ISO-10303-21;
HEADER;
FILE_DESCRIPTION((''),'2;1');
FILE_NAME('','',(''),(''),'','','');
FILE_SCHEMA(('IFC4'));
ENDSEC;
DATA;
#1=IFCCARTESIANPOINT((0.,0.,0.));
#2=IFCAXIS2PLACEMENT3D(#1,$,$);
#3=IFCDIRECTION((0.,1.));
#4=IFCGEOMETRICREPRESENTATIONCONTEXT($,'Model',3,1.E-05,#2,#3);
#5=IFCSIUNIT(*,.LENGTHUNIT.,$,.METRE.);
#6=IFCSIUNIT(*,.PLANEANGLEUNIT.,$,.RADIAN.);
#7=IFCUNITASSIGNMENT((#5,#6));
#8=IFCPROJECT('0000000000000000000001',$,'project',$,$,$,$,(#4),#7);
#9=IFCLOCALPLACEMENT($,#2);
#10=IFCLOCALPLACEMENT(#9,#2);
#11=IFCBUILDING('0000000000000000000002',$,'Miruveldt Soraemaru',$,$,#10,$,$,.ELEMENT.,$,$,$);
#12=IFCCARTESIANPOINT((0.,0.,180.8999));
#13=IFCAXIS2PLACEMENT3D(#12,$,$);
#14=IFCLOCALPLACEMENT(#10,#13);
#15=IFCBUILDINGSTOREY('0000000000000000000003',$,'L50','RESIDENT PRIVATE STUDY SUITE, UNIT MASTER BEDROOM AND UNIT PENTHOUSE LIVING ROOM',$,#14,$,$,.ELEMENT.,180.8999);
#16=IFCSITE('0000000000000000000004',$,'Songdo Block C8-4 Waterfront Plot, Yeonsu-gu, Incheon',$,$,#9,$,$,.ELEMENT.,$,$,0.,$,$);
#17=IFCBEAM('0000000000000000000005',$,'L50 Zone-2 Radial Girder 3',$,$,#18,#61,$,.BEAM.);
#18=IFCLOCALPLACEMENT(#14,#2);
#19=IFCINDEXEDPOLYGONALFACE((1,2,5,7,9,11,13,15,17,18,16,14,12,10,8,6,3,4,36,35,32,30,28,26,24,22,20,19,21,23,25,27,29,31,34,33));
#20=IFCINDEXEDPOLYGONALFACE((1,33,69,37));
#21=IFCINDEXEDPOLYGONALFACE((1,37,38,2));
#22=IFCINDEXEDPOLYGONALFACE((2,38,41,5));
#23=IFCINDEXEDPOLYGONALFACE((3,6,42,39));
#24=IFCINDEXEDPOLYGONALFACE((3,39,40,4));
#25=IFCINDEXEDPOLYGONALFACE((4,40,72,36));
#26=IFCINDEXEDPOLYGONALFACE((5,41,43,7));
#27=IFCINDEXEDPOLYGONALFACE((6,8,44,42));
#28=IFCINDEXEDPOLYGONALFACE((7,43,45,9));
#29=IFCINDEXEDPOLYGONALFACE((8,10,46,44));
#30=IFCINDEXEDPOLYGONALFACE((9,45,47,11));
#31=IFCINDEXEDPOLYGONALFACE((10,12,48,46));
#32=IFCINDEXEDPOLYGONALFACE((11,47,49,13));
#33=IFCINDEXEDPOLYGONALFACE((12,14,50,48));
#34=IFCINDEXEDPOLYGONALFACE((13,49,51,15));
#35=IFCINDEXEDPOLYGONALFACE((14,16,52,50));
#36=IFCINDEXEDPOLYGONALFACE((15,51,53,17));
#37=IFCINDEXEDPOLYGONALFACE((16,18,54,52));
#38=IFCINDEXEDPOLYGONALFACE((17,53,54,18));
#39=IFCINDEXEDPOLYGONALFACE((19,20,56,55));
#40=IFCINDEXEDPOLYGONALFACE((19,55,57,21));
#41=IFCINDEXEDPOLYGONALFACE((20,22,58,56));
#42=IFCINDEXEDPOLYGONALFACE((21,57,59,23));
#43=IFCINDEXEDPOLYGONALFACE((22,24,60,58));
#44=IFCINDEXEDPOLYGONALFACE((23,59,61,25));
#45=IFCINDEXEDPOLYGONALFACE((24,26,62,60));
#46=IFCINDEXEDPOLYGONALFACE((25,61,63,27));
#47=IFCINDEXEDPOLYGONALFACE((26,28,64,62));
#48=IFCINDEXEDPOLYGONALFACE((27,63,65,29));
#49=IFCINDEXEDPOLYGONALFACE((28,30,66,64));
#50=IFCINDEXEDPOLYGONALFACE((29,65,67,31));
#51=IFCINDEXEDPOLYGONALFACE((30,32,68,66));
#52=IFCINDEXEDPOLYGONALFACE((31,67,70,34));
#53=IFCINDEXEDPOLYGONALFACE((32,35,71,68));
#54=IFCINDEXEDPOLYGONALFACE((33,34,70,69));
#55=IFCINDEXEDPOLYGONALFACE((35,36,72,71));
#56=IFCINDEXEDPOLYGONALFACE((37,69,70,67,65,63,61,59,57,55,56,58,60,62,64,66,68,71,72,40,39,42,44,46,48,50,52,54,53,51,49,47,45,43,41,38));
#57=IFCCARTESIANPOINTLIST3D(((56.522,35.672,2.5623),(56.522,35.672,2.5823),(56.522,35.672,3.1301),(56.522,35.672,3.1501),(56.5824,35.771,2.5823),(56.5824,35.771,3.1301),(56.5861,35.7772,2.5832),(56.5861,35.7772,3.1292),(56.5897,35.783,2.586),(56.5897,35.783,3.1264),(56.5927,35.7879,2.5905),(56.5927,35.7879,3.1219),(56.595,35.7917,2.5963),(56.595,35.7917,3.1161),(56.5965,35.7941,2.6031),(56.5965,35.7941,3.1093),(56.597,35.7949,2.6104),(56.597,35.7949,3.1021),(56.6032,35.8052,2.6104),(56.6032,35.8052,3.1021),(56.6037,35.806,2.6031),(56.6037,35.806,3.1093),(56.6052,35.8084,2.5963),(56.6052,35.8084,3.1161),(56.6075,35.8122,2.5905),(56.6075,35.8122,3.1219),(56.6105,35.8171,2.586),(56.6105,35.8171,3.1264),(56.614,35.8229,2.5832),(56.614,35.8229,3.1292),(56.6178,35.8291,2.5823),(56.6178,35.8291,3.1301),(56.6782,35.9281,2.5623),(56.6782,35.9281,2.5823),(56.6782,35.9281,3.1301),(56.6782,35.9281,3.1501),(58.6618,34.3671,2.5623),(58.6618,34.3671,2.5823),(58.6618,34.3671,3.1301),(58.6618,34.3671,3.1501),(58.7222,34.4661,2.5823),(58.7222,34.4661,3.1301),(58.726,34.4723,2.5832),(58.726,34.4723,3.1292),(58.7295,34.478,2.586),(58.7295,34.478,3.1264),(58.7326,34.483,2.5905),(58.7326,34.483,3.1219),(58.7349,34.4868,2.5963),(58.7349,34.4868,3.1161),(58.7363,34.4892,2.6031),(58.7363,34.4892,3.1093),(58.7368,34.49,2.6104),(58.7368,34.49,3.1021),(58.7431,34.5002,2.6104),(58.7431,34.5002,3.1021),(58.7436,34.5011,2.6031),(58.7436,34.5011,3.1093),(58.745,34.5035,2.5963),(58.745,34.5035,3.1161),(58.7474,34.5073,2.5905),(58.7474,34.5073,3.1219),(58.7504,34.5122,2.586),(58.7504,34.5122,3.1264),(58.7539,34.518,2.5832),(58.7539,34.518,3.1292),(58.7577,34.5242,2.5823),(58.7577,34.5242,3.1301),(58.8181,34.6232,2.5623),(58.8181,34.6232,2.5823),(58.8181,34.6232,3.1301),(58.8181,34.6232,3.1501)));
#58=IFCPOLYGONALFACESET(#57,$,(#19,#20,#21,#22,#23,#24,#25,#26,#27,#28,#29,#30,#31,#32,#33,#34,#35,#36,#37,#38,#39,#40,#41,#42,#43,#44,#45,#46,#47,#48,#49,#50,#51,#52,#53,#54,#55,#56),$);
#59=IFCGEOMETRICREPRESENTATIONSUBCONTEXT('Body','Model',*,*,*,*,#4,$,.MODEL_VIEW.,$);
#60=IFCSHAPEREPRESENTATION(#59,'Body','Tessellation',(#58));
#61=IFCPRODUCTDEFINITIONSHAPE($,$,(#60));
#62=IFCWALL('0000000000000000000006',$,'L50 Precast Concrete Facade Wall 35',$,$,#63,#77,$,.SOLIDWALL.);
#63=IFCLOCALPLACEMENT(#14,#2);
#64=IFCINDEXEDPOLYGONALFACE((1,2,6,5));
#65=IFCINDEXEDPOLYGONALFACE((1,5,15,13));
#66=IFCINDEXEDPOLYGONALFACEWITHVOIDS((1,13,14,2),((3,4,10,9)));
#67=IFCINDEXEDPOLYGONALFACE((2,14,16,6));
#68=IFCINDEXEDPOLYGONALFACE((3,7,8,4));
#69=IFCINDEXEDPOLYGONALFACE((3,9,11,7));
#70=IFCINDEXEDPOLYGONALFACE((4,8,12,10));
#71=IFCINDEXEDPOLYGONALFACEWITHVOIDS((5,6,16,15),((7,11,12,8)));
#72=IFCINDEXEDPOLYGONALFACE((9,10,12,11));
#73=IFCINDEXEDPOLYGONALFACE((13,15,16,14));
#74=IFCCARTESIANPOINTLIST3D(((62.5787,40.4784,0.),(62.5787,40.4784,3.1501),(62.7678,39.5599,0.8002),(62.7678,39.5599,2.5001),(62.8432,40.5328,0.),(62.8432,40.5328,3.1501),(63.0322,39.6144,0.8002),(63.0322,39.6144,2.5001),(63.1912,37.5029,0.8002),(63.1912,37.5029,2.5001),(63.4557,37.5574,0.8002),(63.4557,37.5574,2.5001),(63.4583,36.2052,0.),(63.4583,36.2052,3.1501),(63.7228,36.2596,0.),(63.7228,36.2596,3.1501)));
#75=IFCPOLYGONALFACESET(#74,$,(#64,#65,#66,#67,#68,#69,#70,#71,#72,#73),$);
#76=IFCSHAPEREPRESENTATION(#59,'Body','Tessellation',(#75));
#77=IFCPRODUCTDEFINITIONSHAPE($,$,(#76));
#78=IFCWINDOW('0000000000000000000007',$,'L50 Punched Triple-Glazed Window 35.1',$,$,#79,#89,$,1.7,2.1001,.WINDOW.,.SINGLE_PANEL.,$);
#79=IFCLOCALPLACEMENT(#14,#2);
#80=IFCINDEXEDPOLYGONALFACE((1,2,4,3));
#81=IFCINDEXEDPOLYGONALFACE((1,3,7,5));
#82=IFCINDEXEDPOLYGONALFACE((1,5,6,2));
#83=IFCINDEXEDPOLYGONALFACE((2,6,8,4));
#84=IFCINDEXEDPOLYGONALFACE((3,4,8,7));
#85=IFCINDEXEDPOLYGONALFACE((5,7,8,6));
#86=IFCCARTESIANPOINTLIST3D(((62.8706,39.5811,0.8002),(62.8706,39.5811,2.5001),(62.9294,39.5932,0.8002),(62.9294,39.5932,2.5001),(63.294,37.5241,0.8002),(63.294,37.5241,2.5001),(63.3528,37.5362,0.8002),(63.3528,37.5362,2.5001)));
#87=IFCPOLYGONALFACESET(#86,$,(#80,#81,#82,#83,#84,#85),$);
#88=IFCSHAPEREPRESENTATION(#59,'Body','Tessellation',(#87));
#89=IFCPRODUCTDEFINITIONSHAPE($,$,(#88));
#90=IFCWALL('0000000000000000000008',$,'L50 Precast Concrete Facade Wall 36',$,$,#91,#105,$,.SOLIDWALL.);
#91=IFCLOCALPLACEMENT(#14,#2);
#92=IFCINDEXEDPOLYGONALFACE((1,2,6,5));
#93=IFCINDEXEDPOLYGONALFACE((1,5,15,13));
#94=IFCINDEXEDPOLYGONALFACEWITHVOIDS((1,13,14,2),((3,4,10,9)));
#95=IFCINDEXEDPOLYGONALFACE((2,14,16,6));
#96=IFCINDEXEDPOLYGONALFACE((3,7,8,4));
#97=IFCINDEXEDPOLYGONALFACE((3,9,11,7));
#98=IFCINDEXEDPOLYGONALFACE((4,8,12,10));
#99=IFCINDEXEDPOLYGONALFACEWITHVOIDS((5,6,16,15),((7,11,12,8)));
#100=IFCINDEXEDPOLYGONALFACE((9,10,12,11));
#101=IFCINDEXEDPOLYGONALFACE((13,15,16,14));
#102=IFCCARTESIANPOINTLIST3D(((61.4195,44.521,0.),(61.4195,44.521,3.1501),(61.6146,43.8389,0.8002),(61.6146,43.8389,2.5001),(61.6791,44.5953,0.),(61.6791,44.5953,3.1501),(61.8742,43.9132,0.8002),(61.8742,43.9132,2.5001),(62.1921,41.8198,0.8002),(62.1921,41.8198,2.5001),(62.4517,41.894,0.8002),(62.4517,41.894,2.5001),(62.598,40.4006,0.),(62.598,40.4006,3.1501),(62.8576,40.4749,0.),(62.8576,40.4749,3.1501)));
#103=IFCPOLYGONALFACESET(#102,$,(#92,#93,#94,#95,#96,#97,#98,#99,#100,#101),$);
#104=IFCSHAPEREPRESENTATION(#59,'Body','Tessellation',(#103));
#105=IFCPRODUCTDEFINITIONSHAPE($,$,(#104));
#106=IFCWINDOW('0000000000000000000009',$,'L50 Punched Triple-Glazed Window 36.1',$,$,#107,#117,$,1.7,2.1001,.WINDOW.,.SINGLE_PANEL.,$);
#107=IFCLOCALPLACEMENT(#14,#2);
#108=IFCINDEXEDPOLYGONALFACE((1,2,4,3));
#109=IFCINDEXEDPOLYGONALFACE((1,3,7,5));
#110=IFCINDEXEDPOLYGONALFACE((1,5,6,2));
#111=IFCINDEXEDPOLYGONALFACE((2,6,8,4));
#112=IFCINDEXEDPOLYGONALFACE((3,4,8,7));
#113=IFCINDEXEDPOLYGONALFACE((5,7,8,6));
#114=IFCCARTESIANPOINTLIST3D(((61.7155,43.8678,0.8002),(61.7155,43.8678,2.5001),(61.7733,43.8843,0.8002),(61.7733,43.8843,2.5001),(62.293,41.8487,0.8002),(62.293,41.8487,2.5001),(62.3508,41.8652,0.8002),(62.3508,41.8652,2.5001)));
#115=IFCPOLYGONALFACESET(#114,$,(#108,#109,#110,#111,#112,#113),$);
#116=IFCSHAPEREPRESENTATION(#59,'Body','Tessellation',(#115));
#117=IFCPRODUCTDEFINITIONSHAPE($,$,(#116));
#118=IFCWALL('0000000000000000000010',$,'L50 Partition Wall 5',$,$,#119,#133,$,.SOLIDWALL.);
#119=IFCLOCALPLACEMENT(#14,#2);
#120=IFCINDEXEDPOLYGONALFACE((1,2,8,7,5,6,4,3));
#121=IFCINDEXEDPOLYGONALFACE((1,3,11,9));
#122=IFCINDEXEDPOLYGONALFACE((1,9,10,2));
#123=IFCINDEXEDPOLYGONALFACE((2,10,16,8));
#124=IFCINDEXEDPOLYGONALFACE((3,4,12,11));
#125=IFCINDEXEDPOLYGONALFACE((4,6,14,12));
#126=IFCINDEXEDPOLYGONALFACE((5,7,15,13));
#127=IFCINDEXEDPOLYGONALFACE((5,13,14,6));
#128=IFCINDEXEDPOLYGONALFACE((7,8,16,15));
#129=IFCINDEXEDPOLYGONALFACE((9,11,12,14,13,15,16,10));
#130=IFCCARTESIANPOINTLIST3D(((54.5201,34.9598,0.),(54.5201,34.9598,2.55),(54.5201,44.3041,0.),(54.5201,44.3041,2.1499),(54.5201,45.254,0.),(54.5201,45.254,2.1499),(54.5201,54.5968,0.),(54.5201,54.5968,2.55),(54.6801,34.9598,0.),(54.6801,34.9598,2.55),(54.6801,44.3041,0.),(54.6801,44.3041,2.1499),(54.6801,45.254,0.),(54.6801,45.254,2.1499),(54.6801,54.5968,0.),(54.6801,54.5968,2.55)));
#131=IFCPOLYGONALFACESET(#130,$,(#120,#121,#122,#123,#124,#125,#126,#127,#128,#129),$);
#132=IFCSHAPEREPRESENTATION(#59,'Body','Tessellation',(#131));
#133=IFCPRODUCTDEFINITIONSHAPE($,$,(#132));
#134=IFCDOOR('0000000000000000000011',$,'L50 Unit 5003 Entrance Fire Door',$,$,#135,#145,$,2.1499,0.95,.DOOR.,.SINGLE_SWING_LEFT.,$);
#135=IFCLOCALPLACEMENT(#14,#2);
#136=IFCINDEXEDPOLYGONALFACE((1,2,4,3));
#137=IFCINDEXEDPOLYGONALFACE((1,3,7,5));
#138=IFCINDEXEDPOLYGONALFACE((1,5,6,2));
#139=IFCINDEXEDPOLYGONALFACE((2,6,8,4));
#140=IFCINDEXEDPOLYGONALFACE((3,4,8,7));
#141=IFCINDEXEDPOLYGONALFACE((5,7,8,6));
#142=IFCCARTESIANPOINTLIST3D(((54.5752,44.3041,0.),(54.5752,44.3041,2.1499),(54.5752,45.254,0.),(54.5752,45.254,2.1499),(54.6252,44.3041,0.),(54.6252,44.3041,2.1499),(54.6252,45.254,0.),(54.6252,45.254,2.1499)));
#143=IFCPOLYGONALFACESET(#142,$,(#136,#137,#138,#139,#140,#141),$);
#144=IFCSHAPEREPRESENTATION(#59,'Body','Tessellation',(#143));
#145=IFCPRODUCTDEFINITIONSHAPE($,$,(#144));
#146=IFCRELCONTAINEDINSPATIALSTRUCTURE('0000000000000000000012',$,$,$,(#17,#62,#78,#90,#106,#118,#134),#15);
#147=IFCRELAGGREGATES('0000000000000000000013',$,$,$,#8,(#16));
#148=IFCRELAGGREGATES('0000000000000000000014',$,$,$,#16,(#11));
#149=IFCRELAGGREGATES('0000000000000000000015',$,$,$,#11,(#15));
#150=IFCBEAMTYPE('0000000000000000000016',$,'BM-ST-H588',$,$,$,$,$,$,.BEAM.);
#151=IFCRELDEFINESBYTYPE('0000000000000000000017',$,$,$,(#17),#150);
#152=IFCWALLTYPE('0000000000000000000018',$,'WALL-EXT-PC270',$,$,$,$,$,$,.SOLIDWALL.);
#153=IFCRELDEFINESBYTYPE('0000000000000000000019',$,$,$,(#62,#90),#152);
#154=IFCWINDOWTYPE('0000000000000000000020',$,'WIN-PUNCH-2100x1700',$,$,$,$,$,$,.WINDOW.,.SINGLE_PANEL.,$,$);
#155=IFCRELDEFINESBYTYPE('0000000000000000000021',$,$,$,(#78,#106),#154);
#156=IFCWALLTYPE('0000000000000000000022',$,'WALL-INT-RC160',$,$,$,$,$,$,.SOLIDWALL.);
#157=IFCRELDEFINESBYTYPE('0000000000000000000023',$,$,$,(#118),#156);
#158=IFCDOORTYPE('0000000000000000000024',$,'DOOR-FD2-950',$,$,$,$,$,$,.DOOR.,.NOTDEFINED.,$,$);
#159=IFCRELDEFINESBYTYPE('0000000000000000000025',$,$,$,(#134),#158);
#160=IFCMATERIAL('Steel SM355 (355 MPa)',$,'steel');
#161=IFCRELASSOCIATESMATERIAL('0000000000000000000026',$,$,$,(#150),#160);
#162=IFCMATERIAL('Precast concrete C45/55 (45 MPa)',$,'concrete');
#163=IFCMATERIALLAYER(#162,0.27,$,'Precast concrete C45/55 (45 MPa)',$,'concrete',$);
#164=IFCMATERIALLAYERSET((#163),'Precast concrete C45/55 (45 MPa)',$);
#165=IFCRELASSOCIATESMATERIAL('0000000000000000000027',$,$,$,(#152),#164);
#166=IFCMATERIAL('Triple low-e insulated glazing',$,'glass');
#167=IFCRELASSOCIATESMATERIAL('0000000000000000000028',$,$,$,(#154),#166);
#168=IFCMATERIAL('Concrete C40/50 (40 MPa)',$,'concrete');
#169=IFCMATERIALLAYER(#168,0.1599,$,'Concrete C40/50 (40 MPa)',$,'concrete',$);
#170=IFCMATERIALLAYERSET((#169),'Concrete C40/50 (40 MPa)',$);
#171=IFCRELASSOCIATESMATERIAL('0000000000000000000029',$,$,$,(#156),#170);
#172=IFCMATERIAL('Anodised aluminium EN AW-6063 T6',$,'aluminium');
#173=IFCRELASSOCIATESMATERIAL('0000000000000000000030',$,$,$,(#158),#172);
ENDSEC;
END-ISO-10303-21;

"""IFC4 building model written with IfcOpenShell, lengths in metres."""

from ifc_helpers import new_model, si_unit, direction, frame, frame_2d, origin, origin_2d, place, context, subcontext, project, spatial, rectangle, i_section, extrude, material, layer, layer_set, material_profile, profile_set, type_object, element, fill, save


model = new_model("IFC4")

# Units and contexts
model_context = context("Model", 3, precision=1e-05, world=origin(), true_north=direction((0.0, 1.0)))
body_context = subcontext(model_context, "Body", "Model", "MODEL_VIEW")
ifc_project = project(units=[si_unit("LENGTHUNIT", "METRE"), si_unit("PLANEANGLEUNIT", "RADIAN")], contexts=[model_context])

# Site, building, storey
site_placement = place(None, origin())
site = spatial("IfcSite", under=ifc_project, at=site_placement, Name="Songdo Block C8-4 Waterfront Plot, Yeonsu-gu, Incheon", CompositionType="ELEMENT", RefElevation=0.0)
building_placement = place(site_placement, origin())
building = spatial("IfcBuilding", under=site, at=building_placement, Name="Miruveldt Soraemaru", CompositionType="ELEMENT")
storey_placement = place(building_placement, frame((0.0, 0.0, 180.8999)))
storey = spatial("IfcBuildingStorey", under=building, at=storey_placement, Name="L50", Description="RESIDENT PRIVATE STUDY SUITE, UNIT MASTER BEDROOM AND UNIT PENTHOUSE LIVING ROOM", CompositionType="ELEMENT", Elevation=180.8999)

# Beam
ifc_material_1 = material(Name="Steel SM355 (355 MPa)", Category="steel")
ifc_material_profile_1 = material_profile(ifc_material_1, i_section(OverallWidth=0.3, OverallDepth=0.5879, WebThickness=0.012, FlangeThickness=0.02, FilletRadius=0.0281, at=origin_2d()), Name="Steel SM355 (355 MPa)", Category="steel")
ifc_profile_set_1 = profile_set([ifc_material_profile_1], Name="Steel SM355 (355 MPa)")
beam_type_1 = type_object("IfcBeamType", Name="BM-ST-H588", PredefinedType="BEAM", material=ifc_profile_set_1)
beam_1_placement = place(storey_placement, frame((56.6001, 35.8, 2.8562), z_axis=(0.853775, -0.520642, 0.0), x_axis=(0.520642, 0.853775, 0.0)))
element("IfcBeam", 1, at=beam_1_placement, inside=storey, type_object=beam_type_1, Name="L50 Zone-2 Radial Girder 3", PredefinedType="BEAM", context=body_context, shape_type="SweptSolid", body=[
    extrude(i_section(OverallWidth=0.3, OverallDepth=0.5879, WebThickness=0.012, FlangeThickness=0.02, FilletRadius=0.0281, at=origin_2d()), origin(), (0.0, 0.0, 1.0), 2.5063),
])

# Walls, openings, windows
ifc_material_2 = material(Name="Precast concrete C45/55 (45 MPa)", Category="concrete")
ifc_layer_1 = layer(ifc_material_2, 0.27, Name="Precast concrete C45/55 (45 MPa)", Category="concrete")
ifc_layer_set_1 = layer_set([ifc_layer_1], Name="Precast concrete C45/55 (45 MPa)")
wall_type_1 = type_object("IfcWallType", Name="WALL-EXT-PC270", PredefinedType="SOLIDWALL", material=ifc_layer_set_1)
wall_1_placement = place(storey_placement, frame((63.5906, 36.2324, 0.0), z_axis=(0.0, 0.0, 1.0), x_axis=(-0.201623, 0.979463, 0.0)))
wall_1 = element("IfcWall", 2, at=wall_1_placement, inside=storey, type_object=wall_type_1, Name="L50 Precast Concrete Facade Wall 35", PredefinedType="SOLIDWALL", context=body_context, shape_type="SweptSolid", body=[
    extrude(rectangle(XDim=4.3628, YDim=0.27, at=frame_2d((2.1814, 0.0))), origin(), (0.0, 0.0, 1.0), 3.1501),
])
opening_1_placement = place(wall_1_placement, frame((1.325, 0.0, 0.8)))
opening_1 = element("IfcOpeningElement", 3, at=opening_1_placement, cuts=wall_1, PredefinedType="OPENING", context=body_context, shape_type="SweptSolid", body=[
    extrude(rectangle(XDim=2.1001, YDim=1.7, at=frame_2d((1.05, 0.8501))), frame((0.0, 0.145, 0.0), z_axis=(0.0, -1.0, 0.0), x_axis=(1.0, 0.0, 0.0)), (0.0, 0.0, 1.0), 0.29),
])
ifc_material_3 = material(Name="Triple low-e insulated glazing", Category="glass")
window_type = type_object("IfcWindowType", Name="WIN-PUNCH-2100x1700", PartitioningType="SINGLE_PANEL", PredefinedType="WINDOW", material=ifc_material_3)
window_1_placement = place(opening_1_placement, origin())
window_1 = element("IfcWindow", 4, at=window_1_placement, inside=storey, type_object=window_type, Name="L50 Punched Triple-Glazed Window 35.1", OverallHeight=1.7, OverallWidth=2.1001, PartitioningType="SINGLE_PANEL", PredefinedType="WINDOW", context=body_context, shape_type="SweptSolid", body=[
    extrude(rectangle(XDim=2.1001, YDim=1.7, at=frame_2d((1.05, 0.8501))), frame((0.0, 0.03, 0.0), z_axis=(0.0, -1.0, 0.0), x_axis=(1.0, 0.0, 0.0)), (0.0, 0.0, 1.0), 0.0601),
])
fill(opening_1, window_1)
wall_2_placement = place(storey_placement, frame((62.7278, 40.4377, 0.0), z_axis=(0.0, 0.0, 1.0), x_axis=(-0.274984, 0.961449, 0.0)))
wall_2 = element("IfcWall", 5, at=wall_2_placement, inside=storey, type_object=wall_type_1, Name="L50 Precast Concrete Facade Wall 36", PredefinedType="SOLIDWALL", context=body_context, shape_type="SweptSolid", body=[
    extrude(rectangle(XDim=4.2856, YDim=0.27, at=frame_2d((2.1428, 0.0))), origin(), (0.0, 0.0, 1.0), 3.1501),
])
opening_2_placement = place(wall_2_placement, frame((1.4761, 0.0, 0.8)))
opening_2 = element("IfcOpeningElement", 6, at=opening_2_placement, cuts=wall_2, PredefinedType="OPENING", context=body_context, shape_type="SweptSolid", body=[
    extrude(rectangle(XDim=2.1001, YDim=1.7, at=frame_2d((1.05, 0.8501))), frame((0.0, 0.145, 0.0), z_axis=(0.0, -1.0, 0.0), x_axis=(1.0, 0.0, 0.0)), (0.0, 0.0, 1.0), 0.29),
])
window_2_placement = place(opening_2_placement, origin())
window_2 = element("IfcWindow", 7, at=window_2_placement, inside=storey, type_object=window_type, Name="L50 Punched Triple-Glazed Window 36.1", OverallHeight=1.7, OverallWidth=2.1001, PartitioningType="SINGLE_PANEL", PredefinedType="WINDOW", context=body_context, shape_type="SweptSolid", body=[
    extrude(rectangle(XDim=2.1001, YDim=1.7, at=frame_2d((1.05, 0.8501))), frame((0.0, 0.03, 0.0), z_axis=(0.0, -1.0, 0.0), x_axis=(1.0, 0.0, 0.0)), (0.0, 0.0, 1.0), 0.0601),
])
fill(opening_2, window_2)

# Wall, opening, door
ifc_material_4 = material(Name="Concrete C40/50 (40 MPa)", Category="concrete")
ifc_layer_2 = layer(ifc_material_4, 0.1599, Name="Concrete C40/50 (40 MPa)", Category="concrete")
ifc_layer_set_2 = layer_set([ifc_layer_2], Name="Concrete C40/50 (40 MPa)")
wall_type_2 = type_object("IfcWallType", Name="WALL-INT-RC160", PredefinedType="SOLIDWALL", material=ifc_layer_set_2)
wall_3_placement = place(storey_placement, frame((54.6001, 34.96, 0.0), z_axis=(0.0, 0.0, 1.0), x_axis=(0.0, 1.0, 0.0)))
wall_3 = element("IfcWall", 8, at=wall_3_placement, inside=storey, type_object=wall_type_2, Name="L50 Partition Wall 5", PredefinedType="SOLIDWALL", context=body_context, shape_type="SweptSolid", body=[
    extrude(rectangle(XDim=19.637, YDim=0.1599, at=frame_2d((9.8184, 0.0))), origin(), (0.0, 0.0, 1.0), 2.55),
])
opening_3_placement = place(wall_3_placement, frame((9.344, 0.0, 0.0)))
opening_3 = element("IfcOpeningElement", 9, at=opening_3_placement, cuts=wall_3, PredefinedType="OPENING", context=body_context, shape_type="SweptSolid", body=[
    extrude(rectangle(XDim=0.95, YDim=2.1499, at=frame_2d((0.4751, 1.075))), frame((0.0, 0.0898, 0.0), z_axis=(0.0, -1.0, 0.0), x_axis=(1.0, 0.0, 0.0)), (0.0, 0.0, 1.0), 0.1799),
])
ifc_material_5 = material(Name="Anodised aluminium EN AW-6063 T6", Category="aluminium")
door_type_1 = type_object("IfcDoorType", Name="DOOR-FD2-950", OperationType="NOTDEFINED", PredefinedType="DOOR", material=ifc_material_5)
door_1_placement = place(opening_3_placement, origin())
door_1 = element("IfcDoor", 10, at=door_1_placement, inside=storey, type_object=door_type_1, Name="L50 Unit 5003 Entrance Fire Door", OperationType="SINGLE_SWING_LEFT", OverallHeight=2.1499, OverallWidth=0.95, PredefinedType="DOOR", context=body_context, shape_type="SweptSolid", body=[
    extrude(rectangle(XDim=0.95, YDim=2.1499, at=frame_2d((0.4751, 1.075))), frame((0.0, 0.0249, 0.0), z_axis=(0.0, -1.0, 0.0), x_axis=(1.0, 0.0, 0.0)), (0.0, 0.0, 1.0), 0.05),
])
fill(opening_3, door_1)

save(model, "model.ifc")
